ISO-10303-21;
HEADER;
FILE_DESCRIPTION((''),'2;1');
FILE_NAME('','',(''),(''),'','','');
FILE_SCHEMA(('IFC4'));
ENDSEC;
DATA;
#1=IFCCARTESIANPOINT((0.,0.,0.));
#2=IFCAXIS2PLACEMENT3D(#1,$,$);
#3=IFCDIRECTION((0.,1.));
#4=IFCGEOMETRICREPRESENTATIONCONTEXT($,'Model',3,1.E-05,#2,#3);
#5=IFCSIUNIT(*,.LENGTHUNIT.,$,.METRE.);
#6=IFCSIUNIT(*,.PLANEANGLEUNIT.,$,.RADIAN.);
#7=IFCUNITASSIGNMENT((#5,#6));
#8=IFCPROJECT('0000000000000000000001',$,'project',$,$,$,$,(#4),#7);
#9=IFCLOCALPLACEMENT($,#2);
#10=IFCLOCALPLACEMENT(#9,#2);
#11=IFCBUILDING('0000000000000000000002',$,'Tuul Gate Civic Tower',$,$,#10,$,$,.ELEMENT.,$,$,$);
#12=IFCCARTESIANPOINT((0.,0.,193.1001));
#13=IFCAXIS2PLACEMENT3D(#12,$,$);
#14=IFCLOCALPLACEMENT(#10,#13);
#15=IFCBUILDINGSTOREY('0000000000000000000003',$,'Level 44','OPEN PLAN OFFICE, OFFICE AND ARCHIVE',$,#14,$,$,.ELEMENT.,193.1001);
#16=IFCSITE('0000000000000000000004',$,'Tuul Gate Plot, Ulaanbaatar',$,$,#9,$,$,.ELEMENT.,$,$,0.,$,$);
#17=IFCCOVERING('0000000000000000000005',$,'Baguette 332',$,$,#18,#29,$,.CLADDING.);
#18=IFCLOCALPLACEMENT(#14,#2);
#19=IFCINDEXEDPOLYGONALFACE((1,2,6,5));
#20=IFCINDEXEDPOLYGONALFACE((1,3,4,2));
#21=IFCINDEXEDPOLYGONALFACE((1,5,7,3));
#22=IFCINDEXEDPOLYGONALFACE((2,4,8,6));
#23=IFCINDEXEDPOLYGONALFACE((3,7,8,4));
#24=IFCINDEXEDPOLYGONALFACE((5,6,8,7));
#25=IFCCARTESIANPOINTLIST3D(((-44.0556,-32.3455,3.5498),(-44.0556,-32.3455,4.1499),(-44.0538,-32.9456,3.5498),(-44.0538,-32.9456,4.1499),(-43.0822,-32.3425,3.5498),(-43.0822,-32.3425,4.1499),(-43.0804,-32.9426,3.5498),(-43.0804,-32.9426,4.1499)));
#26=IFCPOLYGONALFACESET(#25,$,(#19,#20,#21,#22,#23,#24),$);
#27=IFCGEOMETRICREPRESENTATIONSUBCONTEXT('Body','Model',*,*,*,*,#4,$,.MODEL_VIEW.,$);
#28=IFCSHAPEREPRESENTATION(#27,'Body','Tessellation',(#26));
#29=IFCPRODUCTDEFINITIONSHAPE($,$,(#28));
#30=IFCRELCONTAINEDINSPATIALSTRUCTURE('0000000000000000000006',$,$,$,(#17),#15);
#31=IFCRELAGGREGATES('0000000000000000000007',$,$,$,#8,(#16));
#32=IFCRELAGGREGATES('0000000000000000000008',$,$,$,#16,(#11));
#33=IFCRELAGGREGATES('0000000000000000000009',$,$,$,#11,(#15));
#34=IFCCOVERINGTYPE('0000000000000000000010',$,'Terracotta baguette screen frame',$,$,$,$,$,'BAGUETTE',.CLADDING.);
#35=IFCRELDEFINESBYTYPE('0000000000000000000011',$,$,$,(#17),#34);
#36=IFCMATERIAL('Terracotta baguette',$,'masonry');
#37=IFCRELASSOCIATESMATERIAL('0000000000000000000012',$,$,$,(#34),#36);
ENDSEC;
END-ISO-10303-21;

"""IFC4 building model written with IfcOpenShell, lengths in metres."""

from ifc_helpers import new_model, si_unit, direction, frame, origin, origin_2d, place, context, subcontext, project, spatial, rectangle, extrude, material, material_profile, profile_set, type_object, element, save


model = new_model("IFC4")

# Units and contexts
model_context = context("Model", 3, precision=1e-05, world=origin(), true_north=direction((0.0, 1.0)))
body_context = subcontext(model_context, "Body", "Model", "MODEL_VIEW")
ifc_project = project(units=[si_unit("LENGTHUNIT", "METRE"), si_unit("PLANEANGLEUNIT", "RADIAN")], contexts=[model_context])

# Site, building, storey
site_placement = place(None, origin())
site = spatial("IfcSite", under=ifc_project, at=site_placement, Name="Tuul Gate Plot, Ulaanbaatar", CompositionType="ELEMENT", RefElevation=0.0)
building_placement = place(site_placement, origin())
building = spatial("IfcBuilding", under=site, at=building_placement, Name="Tuul Gate Civic Tower", CompositionType="ELEMENT")
storey_placement = place(building_placement, frame((0.0, 0.0, 193.1001)))
storey = spatial("IfcBuildingStorey", under=building, at=storey_placement, Name="Level 44", Description="OPEN PLAN OFFICE, OFFICE AND ARCHIVE", CompositionType="ELEMENT", Elevation=193.1001)

# Covering
ifc_material_1 = material(Name="Terracotta baguette", Category="masonry")
ifc_material_profile_1 = material_profile(ifc_material_1, rectangle(XDim=0.6001, YDim=0.6001, at=origin_2d()), Name="Terracotta baguette screen frame")
ifc_profile_set_1 = profile_set([ifc_material_profile_1], Name="Terracotta baguette")
covering_type = type_object("IfcCoveringType", Name="Terracotta baguette screen frame", ElementType="BAGUETTE", PredefinedType="CLADDING", material=ifc_profile_set_1)
covering_1_placement = place(storey_placement, frame((-44.0547, -32.6455, 3.8499), z_axis=(0.999995, 0.00301, 0.0), x_axis=(-0.00301, 0.999995, 0.0)))
element("IfcCovering", 1, at=covering_1_placement, inside=storey, type_object=covering_type, Name="Baguette 332", PredefinedType="CLADDING", context=body_context, shape_type="SweptSolid", body=[
    extrude(rectangle(XDim=0.6001, YDim=0.6001, at=origin_2d()), origin(), (0.0, 0.0, 1.0), 0.9734),
])

save(model, "model.ifc")
